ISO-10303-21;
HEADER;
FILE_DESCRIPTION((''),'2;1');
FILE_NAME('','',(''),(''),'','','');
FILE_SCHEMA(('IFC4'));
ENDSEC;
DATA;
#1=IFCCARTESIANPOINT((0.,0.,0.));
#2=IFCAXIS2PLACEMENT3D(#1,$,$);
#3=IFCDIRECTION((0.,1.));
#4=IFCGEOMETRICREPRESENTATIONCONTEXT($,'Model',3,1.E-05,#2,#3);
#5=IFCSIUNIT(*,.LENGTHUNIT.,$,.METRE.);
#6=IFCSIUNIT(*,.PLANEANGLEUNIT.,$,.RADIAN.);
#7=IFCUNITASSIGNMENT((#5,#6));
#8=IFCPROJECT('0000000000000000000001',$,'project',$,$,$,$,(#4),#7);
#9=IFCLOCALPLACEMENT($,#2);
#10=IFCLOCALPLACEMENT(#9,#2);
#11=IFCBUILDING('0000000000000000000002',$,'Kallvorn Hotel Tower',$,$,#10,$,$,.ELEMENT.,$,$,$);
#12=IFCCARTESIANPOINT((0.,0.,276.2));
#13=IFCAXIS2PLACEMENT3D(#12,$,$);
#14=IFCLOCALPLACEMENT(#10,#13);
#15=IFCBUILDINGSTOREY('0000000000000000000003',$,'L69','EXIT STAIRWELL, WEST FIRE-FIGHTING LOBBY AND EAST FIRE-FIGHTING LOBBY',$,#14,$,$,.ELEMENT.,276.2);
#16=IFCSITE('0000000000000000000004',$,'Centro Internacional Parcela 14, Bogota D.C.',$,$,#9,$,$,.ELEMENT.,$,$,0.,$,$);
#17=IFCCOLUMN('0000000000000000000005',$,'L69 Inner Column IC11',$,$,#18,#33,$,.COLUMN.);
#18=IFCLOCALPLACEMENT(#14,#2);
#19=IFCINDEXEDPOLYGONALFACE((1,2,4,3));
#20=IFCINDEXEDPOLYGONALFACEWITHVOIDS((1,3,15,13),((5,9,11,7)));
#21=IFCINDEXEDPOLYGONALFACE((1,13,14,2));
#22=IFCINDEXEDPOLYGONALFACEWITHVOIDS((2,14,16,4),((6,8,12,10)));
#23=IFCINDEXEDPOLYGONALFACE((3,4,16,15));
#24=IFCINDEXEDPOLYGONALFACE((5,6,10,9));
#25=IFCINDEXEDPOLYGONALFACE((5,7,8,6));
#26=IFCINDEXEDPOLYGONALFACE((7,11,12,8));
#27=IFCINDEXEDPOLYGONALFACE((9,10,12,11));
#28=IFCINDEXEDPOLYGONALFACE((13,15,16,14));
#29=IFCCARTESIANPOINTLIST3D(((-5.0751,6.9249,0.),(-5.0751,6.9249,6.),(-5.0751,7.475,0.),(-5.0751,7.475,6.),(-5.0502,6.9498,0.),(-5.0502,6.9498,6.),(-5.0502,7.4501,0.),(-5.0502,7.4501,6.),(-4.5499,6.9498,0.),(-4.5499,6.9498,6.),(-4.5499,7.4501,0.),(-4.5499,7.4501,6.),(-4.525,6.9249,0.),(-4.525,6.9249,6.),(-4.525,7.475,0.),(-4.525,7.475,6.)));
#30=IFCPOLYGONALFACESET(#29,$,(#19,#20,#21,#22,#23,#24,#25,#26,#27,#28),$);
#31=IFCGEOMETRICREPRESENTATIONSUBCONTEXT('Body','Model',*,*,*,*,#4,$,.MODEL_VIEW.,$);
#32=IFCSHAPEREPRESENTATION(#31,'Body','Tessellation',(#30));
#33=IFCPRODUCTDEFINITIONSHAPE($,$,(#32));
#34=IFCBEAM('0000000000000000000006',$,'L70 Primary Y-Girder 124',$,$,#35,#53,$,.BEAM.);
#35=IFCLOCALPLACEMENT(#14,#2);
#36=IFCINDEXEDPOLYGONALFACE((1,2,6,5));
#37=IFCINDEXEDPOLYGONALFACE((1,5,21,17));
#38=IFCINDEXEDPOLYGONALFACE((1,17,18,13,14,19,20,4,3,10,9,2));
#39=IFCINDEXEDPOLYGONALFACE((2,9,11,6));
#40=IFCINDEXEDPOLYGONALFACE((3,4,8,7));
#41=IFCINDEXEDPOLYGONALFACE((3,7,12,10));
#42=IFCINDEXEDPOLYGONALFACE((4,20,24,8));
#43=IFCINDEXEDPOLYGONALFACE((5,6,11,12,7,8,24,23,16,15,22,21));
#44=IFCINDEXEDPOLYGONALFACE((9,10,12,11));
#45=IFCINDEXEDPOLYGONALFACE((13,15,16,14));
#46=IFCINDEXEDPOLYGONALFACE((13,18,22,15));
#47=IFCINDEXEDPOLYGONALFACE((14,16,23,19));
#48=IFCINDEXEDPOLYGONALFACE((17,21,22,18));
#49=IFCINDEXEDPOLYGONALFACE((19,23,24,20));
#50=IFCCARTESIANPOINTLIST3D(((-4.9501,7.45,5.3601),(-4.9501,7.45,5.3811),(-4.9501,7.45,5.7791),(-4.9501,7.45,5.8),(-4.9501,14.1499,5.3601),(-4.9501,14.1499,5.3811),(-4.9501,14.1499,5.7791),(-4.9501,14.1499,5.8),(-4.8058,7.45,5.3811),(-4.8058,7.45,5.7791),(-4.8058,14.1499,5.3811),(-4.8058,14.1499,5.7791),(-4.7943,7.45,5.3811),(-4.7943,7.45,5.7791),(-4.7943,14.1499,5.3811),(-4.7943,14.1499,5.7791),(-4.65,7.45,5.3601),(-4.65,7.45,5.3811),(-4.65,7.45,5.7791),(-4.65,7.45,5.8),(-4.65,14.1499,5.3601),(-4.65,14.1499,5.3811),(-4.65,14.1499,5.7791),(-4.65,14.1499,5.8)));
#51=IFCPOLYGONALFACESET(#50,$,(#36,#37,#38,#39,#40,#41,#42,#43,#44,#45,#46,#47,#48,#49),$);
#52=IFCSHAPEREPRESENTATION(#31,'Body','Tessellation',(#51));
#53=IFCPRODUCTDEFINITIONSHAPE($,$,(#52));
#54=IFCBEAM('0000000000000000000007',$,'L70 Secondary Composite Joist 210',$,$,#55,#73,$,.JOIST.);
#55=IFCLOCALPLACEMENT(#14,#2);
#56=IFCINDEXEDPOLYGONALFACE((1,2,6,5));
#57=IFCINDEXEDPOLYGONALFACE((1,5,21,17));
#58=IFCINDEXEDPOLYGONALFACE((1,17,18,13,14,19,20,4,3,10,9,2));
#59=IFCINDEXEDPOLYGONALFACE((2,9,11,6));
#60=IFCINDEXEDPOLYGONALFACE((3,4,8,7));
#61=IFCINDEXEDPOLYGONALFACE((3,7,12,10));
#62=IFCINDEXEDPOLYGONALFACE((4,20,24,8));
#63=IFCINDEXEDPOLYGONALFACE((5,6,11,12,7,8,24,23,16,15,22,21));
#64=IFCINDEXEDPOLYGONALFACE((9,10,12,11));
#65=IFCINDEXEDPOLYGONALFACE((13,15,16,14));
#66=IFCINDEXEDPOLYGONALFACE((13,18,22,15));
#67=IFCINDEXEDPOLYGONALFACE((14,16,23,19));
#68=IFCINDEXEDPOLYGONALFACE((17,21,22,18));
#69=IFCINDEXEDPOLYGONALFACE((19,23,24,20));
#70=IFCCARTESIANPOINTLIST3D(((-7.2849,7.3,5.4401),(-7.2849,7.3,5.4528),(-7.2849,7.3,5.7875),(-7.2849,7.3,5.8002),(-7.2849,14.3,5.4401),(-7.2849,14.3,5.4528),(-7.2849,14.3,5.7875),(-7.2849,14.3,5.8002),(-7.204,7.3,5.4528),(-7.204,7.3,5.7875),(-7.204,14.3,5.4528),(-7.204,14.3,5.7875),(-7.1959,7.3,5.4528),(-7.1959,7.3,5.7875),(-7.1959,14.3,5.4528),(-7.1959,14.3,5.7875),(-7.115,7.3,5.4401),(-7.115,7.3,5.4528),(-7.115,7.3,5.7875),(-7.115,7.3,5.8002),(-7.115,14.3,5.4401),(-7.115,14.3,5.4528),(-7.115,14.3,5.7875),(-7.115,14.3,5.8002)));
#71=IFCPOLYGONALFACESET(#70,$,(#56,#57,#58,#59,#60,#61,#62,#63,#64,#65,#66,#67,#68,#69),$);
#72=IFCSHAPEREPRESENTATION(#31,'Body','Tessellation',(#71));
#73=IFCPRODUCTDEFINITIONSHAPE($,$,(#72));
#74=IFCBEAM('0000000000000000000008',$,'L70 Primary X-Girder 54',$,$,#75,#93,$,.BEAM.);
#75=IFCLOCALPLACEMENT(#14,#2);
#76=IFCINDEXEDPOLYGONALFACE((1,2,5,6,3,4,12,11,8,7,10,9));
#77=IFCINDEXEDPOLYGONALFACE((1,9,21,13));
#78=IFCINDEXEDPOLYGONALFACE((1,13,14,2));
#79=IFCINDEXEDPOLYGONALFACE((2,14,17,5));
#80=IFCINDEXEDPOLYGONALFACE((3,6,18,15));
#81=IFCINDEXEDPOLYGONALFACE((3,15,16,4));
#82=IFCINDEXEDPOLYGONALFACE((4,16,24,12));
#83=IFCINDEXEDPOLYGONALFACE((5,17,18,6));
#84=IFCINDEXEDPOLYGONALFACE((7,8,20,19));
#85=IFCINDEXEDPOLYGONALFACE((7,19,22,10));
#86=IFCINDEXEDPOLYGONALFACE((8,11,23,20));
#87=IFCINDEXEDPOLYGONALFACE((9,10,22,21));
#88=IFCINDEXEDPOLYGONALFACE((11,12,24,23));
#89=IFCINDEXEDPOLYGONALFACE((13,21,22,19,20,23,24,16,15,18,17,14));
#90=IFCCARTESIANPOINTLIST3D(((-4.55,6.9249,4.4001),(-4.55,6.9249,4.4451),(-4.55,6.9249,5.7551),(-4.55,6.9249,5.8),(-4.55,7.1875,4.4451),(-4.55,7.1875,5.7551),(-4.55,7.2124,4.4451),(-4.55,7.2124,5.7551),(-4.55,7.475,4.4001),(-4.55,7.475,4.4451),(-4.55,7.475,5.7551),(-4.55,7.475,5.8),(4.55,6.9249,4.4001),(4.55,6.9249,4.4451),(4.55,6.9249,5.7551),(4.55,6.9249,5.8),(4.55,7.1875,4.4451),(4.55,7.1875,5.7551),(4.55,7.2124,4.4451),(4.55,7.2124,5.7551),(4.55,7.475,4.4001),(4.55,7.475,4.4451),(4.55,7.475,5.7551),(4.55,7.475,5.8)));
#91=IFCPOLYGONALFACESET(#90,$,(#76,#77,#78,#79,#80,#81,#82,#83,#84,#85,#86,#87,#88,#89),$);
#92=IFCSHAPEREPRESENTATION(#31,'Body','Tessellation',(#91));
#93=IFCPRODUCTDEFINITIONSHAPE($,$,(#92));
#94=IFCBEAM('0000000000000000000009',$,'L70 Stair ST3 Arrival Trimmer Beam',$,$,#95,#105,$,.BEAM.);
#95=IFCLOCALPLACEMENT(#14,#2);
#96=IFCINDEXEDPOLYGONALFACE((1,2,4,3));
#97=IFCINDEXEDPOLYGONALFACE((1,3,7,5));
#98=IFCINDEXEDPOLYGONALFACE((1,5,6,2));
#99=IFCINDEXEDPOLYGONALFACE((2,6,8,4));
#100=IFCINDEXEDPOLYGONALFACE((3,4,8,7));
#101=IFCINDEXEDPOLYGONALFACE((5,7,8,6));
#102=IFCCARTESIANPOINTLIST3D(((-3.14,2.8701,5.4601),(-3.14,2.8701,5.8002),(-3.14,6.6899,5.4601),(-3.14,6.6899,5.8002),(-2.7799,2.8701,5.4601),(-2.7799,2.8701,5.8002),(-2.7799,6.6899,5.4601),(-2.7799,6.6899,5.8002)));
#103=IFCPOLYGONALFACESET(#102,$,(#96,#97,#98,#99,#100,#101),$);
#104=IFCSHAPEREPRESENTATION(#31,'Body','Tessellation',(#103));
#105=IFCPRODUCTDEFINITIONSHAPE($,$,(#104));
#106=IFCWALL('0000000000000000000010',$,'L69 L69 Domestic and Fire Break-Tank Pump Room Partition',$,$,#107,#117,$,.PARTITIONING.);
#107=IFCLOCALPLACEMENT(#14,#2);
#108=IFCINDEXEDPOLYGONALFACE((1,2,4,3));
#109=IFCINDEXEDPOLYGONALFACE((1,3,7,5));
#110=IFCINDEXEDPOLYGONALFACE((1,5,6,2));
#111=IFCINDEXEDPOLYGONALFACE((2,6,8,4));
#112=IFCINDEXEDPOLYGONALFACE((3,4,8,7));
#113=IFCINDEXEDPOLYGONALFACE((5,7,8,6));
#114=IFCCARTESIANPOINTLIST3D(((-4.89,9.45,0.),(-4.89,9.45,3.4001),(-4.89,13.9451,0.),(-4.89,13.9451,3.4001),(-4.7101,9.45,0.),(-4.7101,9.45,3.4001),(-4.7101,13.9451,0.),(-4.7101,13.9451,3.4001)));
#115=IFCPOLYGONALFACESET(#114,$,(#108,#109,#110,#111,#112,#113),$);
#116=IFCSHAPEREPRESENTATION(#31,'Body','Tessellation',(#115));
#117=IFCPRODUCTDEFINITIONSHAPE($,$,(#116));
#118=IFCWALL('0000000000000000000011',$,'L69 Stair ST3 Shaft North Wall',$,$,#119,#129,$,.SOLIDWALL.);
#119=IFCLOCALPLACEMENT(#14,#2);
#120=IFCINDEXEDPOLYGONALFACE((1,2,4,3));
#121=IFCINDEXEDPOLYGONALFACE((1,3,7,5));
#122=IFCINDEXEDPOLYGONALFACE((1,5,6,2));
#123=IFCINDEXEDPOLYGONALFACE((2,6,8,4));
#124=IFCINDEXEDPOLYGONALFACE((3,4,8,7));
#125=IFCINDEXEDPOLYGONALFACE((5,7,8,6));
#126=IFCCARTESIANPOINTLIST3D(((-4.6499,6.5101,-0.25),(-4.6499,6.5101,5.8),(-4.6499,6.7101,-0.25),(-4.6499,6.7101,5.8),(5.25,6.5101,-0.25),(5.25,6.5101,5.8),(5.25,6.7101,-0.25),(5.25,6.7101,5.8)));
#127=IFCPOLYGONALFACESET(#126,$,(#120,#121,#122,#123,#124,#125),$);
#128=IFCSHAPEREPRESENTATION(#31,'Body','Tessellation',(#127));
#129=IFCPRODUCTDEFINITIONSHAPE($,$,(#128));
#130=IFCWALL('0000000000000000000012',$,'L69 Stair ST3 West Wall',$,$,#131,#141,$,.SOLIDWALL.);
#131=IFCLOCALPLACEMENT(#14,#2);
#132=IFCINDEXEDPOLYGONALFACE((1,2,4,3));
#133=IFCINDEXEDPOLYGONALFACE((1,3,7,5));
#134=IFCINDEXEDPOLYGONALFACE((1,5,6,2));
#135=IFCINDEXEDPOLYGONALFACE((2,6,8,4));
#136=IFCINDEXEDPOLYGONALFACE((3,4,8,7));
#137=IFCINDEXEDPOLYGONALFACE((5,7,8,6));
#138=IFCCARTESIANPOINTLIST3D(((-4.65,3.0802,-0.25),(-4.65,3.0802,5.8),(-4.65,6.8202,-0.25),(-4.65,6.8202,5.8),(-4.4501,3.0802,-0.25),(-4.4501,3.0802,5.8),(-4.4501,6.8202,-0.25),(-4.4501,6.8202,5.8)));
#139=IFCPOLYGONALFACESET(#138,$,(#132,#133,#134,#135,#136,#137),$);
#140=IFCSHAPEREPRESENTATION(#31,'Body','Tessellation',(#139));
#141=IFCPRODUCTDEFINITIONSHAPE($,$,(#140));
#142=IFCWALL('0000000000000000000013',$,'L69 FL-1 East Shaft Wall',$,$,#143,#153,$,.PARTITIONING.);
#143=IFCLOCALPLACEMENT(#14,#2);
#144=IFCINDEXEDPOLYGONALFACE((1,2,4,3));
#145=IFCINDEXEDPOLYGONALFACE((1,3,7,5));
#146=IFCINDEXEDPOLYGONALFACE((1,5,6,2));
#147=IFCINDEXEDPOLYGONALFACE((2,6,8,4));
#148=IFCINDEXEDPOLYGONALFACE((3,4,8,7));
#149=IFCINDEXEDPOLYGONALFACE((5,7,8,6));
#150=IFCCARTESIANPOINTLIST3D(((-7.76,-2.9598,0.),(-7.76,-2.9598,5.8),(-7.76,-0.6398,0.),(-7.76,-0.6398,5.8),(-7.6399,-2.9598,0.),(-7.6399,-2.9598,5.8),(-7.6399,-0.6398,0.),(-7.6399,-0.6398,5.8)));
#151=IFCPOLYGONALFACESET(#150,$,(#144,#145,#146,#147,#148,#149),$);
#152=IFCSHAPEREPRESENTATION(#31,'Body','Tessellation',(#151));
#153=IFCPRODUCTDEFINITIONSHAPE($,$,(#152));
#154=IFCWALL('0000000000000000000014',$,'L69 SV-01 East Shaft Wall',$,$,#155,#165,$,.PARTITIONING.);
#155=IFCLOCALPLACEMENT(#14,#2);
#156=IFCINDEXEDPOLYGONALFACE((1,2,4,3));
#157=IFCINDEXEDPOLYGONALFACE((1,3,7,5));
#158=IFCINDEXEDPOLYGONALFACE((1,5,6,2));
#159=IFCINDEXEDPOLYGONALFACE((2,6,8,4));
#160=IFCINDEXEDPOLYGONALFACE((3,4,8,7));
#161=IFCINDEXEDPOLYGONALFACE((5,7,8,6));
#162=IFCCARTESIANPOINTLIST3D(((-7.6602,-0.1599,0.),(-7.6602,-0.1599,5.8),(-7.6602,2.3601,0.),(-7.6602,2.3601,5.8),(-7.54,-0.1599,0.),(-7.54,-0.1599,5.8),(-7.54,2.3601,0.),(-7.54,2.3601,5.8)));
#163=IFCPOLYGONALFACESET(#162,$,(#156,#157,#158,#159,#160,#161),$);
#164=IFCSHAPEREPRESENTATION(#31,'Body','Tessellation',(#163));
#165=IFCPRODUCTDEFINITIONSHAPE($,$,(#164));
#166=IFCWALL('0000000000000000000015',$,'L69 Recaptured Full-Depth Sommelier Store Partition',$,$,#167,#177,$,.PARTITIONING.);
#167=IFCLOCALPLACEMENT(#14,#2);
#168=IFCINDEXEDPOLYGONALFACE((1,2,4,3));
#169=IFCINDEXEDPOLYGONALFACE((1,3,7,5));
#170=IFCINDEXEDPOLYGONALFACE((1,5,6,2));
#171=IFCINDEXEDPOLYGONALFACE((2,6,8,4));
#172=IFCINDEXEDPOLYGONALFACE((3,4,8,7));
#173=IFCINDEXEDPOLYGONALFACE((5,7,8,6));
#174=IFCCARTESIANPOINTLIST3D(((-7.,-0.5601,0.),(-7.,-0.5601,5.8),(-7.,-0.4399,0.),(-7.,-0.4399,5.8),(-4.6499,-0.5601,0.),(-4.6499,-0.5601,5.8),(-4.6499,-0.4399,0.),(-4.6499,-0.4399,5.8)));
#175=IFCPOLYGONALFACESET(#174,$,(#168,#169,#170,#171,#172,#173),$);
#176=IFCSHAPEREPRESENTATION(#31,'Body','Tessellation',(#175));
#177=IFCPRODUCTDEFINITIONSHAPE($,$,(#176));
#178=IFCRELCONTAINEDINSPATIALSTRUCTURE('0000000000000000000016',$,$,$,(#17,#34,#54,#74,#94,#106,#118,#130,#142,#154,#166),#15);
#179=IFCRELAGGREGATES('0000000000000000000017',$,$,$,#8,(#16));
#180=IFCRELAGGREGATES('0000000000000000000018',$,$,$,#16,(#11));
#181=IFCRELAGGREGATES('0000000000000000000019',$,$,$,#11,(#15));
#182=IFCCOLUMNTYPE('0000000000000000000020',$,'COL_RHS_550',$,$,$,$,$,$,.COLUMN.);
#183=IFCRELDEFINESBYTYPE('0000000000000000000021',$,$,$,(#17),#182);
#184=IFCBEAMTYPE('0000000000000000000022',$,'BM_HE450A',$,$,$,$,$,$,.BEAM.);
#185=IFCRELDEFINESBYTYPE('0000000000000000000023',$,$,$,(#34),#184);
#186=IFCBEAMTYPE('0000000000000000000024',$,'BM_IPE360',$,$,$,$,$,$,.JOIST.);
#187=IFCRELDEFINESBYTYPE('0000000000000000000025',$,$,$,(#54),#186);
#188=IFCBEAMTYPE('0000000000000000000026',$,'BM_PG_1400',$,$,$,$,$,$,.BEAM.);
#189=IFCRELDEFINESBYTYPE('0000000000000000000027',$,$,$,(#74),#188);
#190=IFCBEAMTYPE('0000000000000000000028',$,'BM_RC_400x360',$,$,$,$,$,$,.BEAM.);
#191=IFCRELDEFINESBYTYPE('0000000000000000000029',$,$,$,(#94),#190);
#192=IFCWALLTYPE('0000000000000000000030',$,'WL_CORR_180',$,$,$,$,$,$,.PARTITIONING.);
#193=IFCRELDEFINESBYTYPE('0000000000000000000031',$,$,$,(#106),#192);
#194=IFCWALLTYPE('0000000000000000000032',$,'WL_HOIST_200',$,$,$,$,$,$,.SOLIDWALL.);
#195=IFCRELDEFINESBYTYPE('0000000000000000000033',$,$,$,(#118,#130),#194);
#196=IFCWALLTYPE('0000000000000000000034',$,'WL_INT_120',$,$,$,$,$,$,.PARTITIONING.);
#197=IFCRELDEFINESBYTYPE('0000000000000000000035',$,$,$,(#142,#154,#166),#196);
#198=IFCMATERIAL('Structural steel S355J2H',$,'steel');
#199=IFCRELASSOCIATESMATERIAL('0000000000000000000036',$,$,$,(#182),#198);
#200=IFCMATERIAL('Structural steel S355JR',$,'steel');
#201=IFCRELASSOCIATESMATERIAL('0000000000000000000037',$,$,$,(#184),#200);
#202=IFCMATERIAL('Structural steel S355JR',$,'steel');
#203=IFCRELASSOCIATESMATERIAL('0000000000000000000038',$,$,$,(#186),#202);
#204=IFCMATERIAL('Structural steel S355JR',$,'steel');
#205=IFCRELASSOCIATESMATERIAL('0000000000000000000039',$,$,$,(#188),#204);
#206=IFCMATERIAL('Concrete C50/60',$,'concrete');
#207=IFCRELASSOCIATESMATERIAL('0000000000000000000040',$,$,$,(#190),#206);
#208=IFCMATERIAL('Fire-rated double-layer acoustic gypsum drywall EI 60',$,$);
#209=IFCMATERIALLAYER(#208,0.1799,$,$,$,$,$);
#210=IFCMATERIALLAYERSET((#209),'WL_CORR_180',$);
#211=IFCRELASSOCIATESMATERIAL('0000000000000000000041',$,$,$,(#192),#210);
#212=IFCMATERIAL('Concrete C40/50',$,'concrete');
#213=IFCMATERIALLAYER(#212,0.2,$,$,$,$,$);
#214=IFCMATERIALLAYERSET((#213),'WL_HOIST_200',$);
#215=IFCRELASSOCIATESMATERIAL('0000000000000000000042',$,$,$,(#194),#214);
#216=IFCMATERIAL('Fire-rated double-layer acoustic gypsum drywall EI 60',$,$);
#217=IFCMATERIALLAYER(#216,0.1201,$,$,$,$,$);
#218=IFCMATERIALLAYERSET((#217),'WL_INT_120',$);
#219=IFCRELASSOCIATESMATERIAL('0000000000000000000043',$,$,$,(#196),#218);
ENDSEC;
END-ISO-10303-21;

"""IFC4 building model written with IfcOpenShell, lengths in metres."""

from ifc_helpers import new_model, si_unit, direction, frame, frame_2d, origin, origin_2d, place, context, subcontext, project, spatial, rectangle, hollow_rectangle, i_section, extrude, material, layer, layer_set, material_profile, profile_set, type_object, element, save


model = new_model("IFC4")

# Units and contexts
model_context = context("Model", 3, precision=1e-05, world=origin(), true_north=direction((0.0, 1.0)))
body_context = subcontext(model_context, "Body", "Model", "MODEL_VIEW")
ifc_project = project(units=[si_unit("LENGTHUNIT", "METRE"), si_unit("PLANEANGLEUNIT", "RADIAN")], contexts=[model_context])

# Site, building, storey
site_placement = place(None, origin())
site = spatial("IfcSite", under=ifc_project, at=site_placement, Name="Centro Internacional Parcela 14, Bogota D.C.", CompositionType="ELEMENT", RefElevation=0.0)
building_placement = place(site_placement, origin())
building = spatial("IfcBuilding", under=site, at=building_placement, Name="Kallvorn Hotel Tower", CompositionType="ELEMENT")
storey_placement = place(building_placement, frame((0.0, 0.0, 276.2)))
storey = spatial("IfcBuildingStorey", under=building, at=storey_placement, Name="L69", Description="EXIT STAIRWELL, WEST FIRE-FIGHTING LOBBY AND EAST FIRE-FIGHTING LOBBY", CompositionType="ELEMENT", Elevation=276.2)

# Column
ifc_material_1 = material(Name="Structural steel S355J2H", Category="steel")
ifc_material_profile_1 = material_profile(ifc_material_1, hollow_rectangle(XDim=0.55, YDim=0.55, WallThickness=0.0249, at=origin_2d()), Name="RHS 550x550x25")
ifc_profile_set_1 = profile_set([ifc_material_profile_1], Name="Structural steel S355J2H")
column_type = type_object("IfcColumnType", Name="COL_RHS_550", PredefinedType="COLUMN", material=ifc_profile_set_1)
column_placement = place(storey_placement, frame((-4.8, 7.2, 0.0), z_axis=(0.0, 0.0, 1.0), x_axis=(1.0, 0.0, 0.0)))
element("IfcColumn", 1, at=column_placement, inside=storey, type_object=column_type, Name="L69 Inner Column IC11", PredefinedType="COLUMN", context=body_context, shape_type="SweptSolid", body=[
    extrude(hollow_rectangle(XDim=0.55, YDim=0.55, WallThickness=0.0249, at=origin_2d()), origin(), (0.0, 0.0, 1.0), 6.0),
])

# Beams
ifc_material_2 = material(Name="Structural steel S355JR", Category="steel")
ifc_material_profile_2 = material_profile(ifc_material_2, i_section(OverallWidth=0.3, OverallDepth=0.4399, WebThickness=0.0115, FlangeThickness=0.021, at=origin_2d()), Name="HE 450 A")
ifc_profile_set_2 = profile_set([ifc_material_profile_2], Name="Structural steel S355JR")
beam_type_1 = type_object("IfcBeamType", Name="BM_HE450A", PredefinedType="BEAM", material=ifc_profile_set_2)
beam_1_placement = place(storey_placement, frame((-4.8, 7.45, 5.5801), z_axis=(0.0, 1.0, 0.0), x_axis=(-1.0, 0.0, 0.0)))
element("IfcBeam", 2, at=beam_1_placement, inside=storey, type_object=beam_type_1, Name="L70 Primary Y-Girder 124", PredefinedType="BEAM", context=body_context, shape_type="SweptSolid", body=[
    extrude(i_section(OverallWidth=0.3, OverallDepth=0.4399, WebThickness=0.0115, FlangeThickness=0.021, at=origin_2d()), origin(), (0.0, 0.0, 1.0), 6.7),
])
ifc_material_3 = material(Name="Structural steel S355JR", Category="steel")
ifc_material_profile_3 = material_profile(ifc_material_3, i_section(OverallWidth=0.1699, OverallDepth=0.3601, WebThickness=0.0081, FlangeThickness=0.0127, at=origin_2d()), Name="IPE 360")
ifc_profile_set_3 = profile_set([ifc_material_profile_3], Name="Structural steel S355JR")
beam_type_2 = type_object("IfcBeamType", Name="BM_IPE360", PredefinedType="JOIST", material=ifc_profile_set_3)
beam_2_placement = place(storey_placement, frame((-7.2, 7.3, 5.6201), z_axis=(0.0, 1.0, 0.0), x_axis=(-1.0, 0.0, 0.0)))
element("IfcBeam", 3, at=beam_2_placement, inside=storey, type_object=beam_type_2, Name="L70 Secondary Composite Joist 210", PredefinedType="JOIST", context=body_context, shape_type="SweptSolid", body=[
    extrude(i_section(OverallWidth=0.1699, OverallDepth=0.3601, WebThickness=0.0081, FlangeThickness=0.0127, at=origin_2d()), origin(), (0.0, 0.0, 1.0), 7.0),
])
ifc_material_4 = material(Name="Structural steel S355JR", Category="steel")
ifc_material_profile_4 = material_profile(ifc_material_4, i_section(OverallWidth=0.55, OverallDepth=1.3999, WebThickness=0.0249, FlangeThickness=0.0449, at=origin_2d()), Name="PG 1400x550x25x45")
ifc_profile_set_4 = profile_set([ifc_material_profile_4], Name="Structural steel S355JR")
beam_type_3 = type_object("IfcBeamType", Name="BM_PG_1400", PredefinedType="BEAM", material=ifc_profile_set_4)
beam_3_placement = place(storey_placement, frame((-4.55, 7.2, 5.1001), z_axis=(1.0, 0.0, 0.0), x_axis=(0.0, 1.0, 0.0)))
element("IfcBeam", 4, at=beam_3_placement, inside=storey, type_object=beam_type_3, Name="L70 Primary X-Girder 54", PredefinedType="BEAM", context=body_context, shape_type="SweptSolid", body=[
    extrude(i_section(OverallWidth=0.55, OverallDepth=1.3999, WebThickness=0.0249, FlangeThickness=0.0449, at=origin_2d()), origin(), (0.0, 0.0, 1.0), 9.1001),
])
ifc_material_5 = material(Name="Concrete C50/60", Category="concrete")
ifc_material_profile_5 = material_profile(ifc_material_5, rectangle(XDim=0.3601, YDim=0.3401, at=origin_2d()), Name="RC 360x340")
ifc_profile_set_5 = profile_set([ifc_material_profile_5], Name="Concrete C50/60")
beam_type_4 = type_object("IfcBeamType", Name="BM_RC_400x360", PredefinedType="BEAM", material=ifc_profile_set_5)
beam_4_placement = place(storey_placement, frame((-2.96, 2.8701, 5.6301), z_axis=(0.0, 1.0, 0.0), x_axis=(-1.0, 0.0, 0.0)))
element("IfcBeam", 5, at=beam_4_placement, inside=storey, type_object=beam_type_4, Name="L70 Stair ST3 Arrival Trimmer Beam", PredefinedType="BEAM", context=body_context, shape_type="SweptSolid", body=[
    extrude(rectangle(XDim=0.3601, YDim=0.3401, at=origin_2d()), origin(), (0.0, 0.0, 1.0), 3.8198),
])

# Walls
ifc_material_6 = material(Name="Fire-rated double-layer acoustic gypsum drywall EI 60")
ifc_layer_1 = layer(ifc_material_6, 0.1799)
ifc_layer_set_1 = layer_set([ifc_layer_1], Name="WL_CORR_180")
wall_type_1 = type_object("IfcWallType", Name="WL_CORR_180", PredefinedType="PARTITIONING", material=ifc_layer_set_1)
wall_1_placement = place(storey_placement, frame((-4.8, 9.45, 0.0), z_axis=(0.0, 0.0, 1.0), x_axis=(0.0, 1.0, 0.0)))
element("IfcWall", 6, at=wall_1_placement, inside=storey, type_object=wall_type_1, Name="L69 L69 Domestic and Fire Break-Tank Pump Room Partition", PredefinedType="PARTITIONING", context=body_context, shape_type="SweptSolid", body=[
    extrude(rectangle(XDim=4.4951, YDim=0.1799, at=frame_2d((2.2476, 0.0))), origin(), (0.0, 0.0, 1.0), 3.4001),
])
ifc_material_7 = material(Name="Concrete C40/50", Category="concrete")
ifc_layer_2 = layer(ifc_material_7, 0.2)
ifc_layer_set_2 = layer_set([ifc_layer_2], Name="WL_HOIST_200")
wall_type_2 = type_object("IfcWallType", Name="WL_HOIST_200", PredefinedType="SOLIDWALL", material=ifc_layer_set_2)
wall_2_placement = place(storey_placement, frame((-4.6499, 6.6101, -0.25), z_axis=(0.0, 0.0, 1.0), x_axis=(1.0, 0.0, 0.0)))
element("IfcWall", 7, at=wall_2_placement, inside=storey, type_object=wall_type_2, Name="L69 Stair ST3 Shaft North Wall", PredefinedType="SOLIDWALL", context=body_context, shape_type="SweptSolid", body=[
    extrude(rectangle(XDim=9.8999, YDim=0.2, at=frame_2d((4.95, 0.0))), origin(), (0.0, 0.0, 1.0), 6.05),
])
wall_3_placement = place(storey_placement, frame((-4.55, 3.0801, -0.25), z_axis=(0.0, 0.0, 1.0), x_axis=(0.0, 1.0, 0.0)))
element("IfcWall", 8, at=wall_3_placement, inside=storey, type_object=wall_type_2, Name="L69 Stair ST3 West Wall", PredefinedType="SOLIDWALL", context=body_context, shape_type="SweptSolid", body=[
    extrude(rectangle(XDim=3.74, YDim=0.2, at=frame_2d((1.8701, 0.0))), origin(), (0.0, 0.0, 1.0), 6.05),
])
ifc_material_8 = material(Name="Fire-rated double-layer acoustic gypsum drywall EI 60")
ifc_layer_3 = layer(ifc_material_8, 0.1201)
ifc_layer_set_3 = layer_set([ifc_layer_3], Name="WL_INT_120")
wall_type_3 = type_object("IfcWallType", Name="WL_INT_120", PredefinedType="PARTITIONING", material=ifc_layer_set_3)
wall_4_placement = place(storey_placement, frame((-7.7, -2.96, 0.0), z_axis=(0.0, 0.0, 1.0), x_axis=(0.0, 1.0, 0.0)))
element("IfcWall", 9, at=wall_4_placement, inside=storey, type_object=wall_type_3, Name="L69 FL-1 East Shaft Wall", PredefinedType="PARTITIONING", context=body_context, shape_type="SweptSolid", body=[
    extrude(rectangle(XDim=2.3201, YDim=0.1201, at=frame_2d((1.1602, 0.0))), origin(), (0.0, 0.0, 1.0), 5.8),
])
wall_5_placement = place(storey_placement, frame((-7.6001, -0.1599, 0.0), z_axis=(0.0, 0.0, 1.0), x_axis=(0.0, 1.0, 0.0)))
element("IfcWall", 10, at=wall_5_placement, inside=storey, type_object=wall_type_3, Name="L69 SV-01 East Shaft Wall", PredefinedType="PARTITIONING", context=body_context, shape_type="SweptSolid", body=[
    extrude(rectangle(XDim=2.52, YDim=0.1201, at=frame_2d((1.26, 0.0))), origin(), (0.0, 0.0, 1.0), 5.8),
])
for number, where, z_axis, x_axis, name in (
    (11, (-7.0, -0.5, 0.0), (0.0, 0.0, 1.0), (1.0, 0.0, 0.0), "L69 Recaptured Full-Depth Sommelier Store Partition"),
):
    element("IfcWall", number, at=place(storey_placement, frame(where, z_axis=z_axis, x_axis=x_axis)), inside=storey, type_object=wall_type_3, Name=name, PredefinedType="PARTITIONING", context=body_context, shape_type="SweptSolid", body=[
        extrude(rectangle(XDim=2.3501, YDim=0.1201, at=frame_2d((1.175, 0.0))), origin(), (0.0, 0.0, 1.0), 5.8),
    ])

save(model, "model.ifc")
